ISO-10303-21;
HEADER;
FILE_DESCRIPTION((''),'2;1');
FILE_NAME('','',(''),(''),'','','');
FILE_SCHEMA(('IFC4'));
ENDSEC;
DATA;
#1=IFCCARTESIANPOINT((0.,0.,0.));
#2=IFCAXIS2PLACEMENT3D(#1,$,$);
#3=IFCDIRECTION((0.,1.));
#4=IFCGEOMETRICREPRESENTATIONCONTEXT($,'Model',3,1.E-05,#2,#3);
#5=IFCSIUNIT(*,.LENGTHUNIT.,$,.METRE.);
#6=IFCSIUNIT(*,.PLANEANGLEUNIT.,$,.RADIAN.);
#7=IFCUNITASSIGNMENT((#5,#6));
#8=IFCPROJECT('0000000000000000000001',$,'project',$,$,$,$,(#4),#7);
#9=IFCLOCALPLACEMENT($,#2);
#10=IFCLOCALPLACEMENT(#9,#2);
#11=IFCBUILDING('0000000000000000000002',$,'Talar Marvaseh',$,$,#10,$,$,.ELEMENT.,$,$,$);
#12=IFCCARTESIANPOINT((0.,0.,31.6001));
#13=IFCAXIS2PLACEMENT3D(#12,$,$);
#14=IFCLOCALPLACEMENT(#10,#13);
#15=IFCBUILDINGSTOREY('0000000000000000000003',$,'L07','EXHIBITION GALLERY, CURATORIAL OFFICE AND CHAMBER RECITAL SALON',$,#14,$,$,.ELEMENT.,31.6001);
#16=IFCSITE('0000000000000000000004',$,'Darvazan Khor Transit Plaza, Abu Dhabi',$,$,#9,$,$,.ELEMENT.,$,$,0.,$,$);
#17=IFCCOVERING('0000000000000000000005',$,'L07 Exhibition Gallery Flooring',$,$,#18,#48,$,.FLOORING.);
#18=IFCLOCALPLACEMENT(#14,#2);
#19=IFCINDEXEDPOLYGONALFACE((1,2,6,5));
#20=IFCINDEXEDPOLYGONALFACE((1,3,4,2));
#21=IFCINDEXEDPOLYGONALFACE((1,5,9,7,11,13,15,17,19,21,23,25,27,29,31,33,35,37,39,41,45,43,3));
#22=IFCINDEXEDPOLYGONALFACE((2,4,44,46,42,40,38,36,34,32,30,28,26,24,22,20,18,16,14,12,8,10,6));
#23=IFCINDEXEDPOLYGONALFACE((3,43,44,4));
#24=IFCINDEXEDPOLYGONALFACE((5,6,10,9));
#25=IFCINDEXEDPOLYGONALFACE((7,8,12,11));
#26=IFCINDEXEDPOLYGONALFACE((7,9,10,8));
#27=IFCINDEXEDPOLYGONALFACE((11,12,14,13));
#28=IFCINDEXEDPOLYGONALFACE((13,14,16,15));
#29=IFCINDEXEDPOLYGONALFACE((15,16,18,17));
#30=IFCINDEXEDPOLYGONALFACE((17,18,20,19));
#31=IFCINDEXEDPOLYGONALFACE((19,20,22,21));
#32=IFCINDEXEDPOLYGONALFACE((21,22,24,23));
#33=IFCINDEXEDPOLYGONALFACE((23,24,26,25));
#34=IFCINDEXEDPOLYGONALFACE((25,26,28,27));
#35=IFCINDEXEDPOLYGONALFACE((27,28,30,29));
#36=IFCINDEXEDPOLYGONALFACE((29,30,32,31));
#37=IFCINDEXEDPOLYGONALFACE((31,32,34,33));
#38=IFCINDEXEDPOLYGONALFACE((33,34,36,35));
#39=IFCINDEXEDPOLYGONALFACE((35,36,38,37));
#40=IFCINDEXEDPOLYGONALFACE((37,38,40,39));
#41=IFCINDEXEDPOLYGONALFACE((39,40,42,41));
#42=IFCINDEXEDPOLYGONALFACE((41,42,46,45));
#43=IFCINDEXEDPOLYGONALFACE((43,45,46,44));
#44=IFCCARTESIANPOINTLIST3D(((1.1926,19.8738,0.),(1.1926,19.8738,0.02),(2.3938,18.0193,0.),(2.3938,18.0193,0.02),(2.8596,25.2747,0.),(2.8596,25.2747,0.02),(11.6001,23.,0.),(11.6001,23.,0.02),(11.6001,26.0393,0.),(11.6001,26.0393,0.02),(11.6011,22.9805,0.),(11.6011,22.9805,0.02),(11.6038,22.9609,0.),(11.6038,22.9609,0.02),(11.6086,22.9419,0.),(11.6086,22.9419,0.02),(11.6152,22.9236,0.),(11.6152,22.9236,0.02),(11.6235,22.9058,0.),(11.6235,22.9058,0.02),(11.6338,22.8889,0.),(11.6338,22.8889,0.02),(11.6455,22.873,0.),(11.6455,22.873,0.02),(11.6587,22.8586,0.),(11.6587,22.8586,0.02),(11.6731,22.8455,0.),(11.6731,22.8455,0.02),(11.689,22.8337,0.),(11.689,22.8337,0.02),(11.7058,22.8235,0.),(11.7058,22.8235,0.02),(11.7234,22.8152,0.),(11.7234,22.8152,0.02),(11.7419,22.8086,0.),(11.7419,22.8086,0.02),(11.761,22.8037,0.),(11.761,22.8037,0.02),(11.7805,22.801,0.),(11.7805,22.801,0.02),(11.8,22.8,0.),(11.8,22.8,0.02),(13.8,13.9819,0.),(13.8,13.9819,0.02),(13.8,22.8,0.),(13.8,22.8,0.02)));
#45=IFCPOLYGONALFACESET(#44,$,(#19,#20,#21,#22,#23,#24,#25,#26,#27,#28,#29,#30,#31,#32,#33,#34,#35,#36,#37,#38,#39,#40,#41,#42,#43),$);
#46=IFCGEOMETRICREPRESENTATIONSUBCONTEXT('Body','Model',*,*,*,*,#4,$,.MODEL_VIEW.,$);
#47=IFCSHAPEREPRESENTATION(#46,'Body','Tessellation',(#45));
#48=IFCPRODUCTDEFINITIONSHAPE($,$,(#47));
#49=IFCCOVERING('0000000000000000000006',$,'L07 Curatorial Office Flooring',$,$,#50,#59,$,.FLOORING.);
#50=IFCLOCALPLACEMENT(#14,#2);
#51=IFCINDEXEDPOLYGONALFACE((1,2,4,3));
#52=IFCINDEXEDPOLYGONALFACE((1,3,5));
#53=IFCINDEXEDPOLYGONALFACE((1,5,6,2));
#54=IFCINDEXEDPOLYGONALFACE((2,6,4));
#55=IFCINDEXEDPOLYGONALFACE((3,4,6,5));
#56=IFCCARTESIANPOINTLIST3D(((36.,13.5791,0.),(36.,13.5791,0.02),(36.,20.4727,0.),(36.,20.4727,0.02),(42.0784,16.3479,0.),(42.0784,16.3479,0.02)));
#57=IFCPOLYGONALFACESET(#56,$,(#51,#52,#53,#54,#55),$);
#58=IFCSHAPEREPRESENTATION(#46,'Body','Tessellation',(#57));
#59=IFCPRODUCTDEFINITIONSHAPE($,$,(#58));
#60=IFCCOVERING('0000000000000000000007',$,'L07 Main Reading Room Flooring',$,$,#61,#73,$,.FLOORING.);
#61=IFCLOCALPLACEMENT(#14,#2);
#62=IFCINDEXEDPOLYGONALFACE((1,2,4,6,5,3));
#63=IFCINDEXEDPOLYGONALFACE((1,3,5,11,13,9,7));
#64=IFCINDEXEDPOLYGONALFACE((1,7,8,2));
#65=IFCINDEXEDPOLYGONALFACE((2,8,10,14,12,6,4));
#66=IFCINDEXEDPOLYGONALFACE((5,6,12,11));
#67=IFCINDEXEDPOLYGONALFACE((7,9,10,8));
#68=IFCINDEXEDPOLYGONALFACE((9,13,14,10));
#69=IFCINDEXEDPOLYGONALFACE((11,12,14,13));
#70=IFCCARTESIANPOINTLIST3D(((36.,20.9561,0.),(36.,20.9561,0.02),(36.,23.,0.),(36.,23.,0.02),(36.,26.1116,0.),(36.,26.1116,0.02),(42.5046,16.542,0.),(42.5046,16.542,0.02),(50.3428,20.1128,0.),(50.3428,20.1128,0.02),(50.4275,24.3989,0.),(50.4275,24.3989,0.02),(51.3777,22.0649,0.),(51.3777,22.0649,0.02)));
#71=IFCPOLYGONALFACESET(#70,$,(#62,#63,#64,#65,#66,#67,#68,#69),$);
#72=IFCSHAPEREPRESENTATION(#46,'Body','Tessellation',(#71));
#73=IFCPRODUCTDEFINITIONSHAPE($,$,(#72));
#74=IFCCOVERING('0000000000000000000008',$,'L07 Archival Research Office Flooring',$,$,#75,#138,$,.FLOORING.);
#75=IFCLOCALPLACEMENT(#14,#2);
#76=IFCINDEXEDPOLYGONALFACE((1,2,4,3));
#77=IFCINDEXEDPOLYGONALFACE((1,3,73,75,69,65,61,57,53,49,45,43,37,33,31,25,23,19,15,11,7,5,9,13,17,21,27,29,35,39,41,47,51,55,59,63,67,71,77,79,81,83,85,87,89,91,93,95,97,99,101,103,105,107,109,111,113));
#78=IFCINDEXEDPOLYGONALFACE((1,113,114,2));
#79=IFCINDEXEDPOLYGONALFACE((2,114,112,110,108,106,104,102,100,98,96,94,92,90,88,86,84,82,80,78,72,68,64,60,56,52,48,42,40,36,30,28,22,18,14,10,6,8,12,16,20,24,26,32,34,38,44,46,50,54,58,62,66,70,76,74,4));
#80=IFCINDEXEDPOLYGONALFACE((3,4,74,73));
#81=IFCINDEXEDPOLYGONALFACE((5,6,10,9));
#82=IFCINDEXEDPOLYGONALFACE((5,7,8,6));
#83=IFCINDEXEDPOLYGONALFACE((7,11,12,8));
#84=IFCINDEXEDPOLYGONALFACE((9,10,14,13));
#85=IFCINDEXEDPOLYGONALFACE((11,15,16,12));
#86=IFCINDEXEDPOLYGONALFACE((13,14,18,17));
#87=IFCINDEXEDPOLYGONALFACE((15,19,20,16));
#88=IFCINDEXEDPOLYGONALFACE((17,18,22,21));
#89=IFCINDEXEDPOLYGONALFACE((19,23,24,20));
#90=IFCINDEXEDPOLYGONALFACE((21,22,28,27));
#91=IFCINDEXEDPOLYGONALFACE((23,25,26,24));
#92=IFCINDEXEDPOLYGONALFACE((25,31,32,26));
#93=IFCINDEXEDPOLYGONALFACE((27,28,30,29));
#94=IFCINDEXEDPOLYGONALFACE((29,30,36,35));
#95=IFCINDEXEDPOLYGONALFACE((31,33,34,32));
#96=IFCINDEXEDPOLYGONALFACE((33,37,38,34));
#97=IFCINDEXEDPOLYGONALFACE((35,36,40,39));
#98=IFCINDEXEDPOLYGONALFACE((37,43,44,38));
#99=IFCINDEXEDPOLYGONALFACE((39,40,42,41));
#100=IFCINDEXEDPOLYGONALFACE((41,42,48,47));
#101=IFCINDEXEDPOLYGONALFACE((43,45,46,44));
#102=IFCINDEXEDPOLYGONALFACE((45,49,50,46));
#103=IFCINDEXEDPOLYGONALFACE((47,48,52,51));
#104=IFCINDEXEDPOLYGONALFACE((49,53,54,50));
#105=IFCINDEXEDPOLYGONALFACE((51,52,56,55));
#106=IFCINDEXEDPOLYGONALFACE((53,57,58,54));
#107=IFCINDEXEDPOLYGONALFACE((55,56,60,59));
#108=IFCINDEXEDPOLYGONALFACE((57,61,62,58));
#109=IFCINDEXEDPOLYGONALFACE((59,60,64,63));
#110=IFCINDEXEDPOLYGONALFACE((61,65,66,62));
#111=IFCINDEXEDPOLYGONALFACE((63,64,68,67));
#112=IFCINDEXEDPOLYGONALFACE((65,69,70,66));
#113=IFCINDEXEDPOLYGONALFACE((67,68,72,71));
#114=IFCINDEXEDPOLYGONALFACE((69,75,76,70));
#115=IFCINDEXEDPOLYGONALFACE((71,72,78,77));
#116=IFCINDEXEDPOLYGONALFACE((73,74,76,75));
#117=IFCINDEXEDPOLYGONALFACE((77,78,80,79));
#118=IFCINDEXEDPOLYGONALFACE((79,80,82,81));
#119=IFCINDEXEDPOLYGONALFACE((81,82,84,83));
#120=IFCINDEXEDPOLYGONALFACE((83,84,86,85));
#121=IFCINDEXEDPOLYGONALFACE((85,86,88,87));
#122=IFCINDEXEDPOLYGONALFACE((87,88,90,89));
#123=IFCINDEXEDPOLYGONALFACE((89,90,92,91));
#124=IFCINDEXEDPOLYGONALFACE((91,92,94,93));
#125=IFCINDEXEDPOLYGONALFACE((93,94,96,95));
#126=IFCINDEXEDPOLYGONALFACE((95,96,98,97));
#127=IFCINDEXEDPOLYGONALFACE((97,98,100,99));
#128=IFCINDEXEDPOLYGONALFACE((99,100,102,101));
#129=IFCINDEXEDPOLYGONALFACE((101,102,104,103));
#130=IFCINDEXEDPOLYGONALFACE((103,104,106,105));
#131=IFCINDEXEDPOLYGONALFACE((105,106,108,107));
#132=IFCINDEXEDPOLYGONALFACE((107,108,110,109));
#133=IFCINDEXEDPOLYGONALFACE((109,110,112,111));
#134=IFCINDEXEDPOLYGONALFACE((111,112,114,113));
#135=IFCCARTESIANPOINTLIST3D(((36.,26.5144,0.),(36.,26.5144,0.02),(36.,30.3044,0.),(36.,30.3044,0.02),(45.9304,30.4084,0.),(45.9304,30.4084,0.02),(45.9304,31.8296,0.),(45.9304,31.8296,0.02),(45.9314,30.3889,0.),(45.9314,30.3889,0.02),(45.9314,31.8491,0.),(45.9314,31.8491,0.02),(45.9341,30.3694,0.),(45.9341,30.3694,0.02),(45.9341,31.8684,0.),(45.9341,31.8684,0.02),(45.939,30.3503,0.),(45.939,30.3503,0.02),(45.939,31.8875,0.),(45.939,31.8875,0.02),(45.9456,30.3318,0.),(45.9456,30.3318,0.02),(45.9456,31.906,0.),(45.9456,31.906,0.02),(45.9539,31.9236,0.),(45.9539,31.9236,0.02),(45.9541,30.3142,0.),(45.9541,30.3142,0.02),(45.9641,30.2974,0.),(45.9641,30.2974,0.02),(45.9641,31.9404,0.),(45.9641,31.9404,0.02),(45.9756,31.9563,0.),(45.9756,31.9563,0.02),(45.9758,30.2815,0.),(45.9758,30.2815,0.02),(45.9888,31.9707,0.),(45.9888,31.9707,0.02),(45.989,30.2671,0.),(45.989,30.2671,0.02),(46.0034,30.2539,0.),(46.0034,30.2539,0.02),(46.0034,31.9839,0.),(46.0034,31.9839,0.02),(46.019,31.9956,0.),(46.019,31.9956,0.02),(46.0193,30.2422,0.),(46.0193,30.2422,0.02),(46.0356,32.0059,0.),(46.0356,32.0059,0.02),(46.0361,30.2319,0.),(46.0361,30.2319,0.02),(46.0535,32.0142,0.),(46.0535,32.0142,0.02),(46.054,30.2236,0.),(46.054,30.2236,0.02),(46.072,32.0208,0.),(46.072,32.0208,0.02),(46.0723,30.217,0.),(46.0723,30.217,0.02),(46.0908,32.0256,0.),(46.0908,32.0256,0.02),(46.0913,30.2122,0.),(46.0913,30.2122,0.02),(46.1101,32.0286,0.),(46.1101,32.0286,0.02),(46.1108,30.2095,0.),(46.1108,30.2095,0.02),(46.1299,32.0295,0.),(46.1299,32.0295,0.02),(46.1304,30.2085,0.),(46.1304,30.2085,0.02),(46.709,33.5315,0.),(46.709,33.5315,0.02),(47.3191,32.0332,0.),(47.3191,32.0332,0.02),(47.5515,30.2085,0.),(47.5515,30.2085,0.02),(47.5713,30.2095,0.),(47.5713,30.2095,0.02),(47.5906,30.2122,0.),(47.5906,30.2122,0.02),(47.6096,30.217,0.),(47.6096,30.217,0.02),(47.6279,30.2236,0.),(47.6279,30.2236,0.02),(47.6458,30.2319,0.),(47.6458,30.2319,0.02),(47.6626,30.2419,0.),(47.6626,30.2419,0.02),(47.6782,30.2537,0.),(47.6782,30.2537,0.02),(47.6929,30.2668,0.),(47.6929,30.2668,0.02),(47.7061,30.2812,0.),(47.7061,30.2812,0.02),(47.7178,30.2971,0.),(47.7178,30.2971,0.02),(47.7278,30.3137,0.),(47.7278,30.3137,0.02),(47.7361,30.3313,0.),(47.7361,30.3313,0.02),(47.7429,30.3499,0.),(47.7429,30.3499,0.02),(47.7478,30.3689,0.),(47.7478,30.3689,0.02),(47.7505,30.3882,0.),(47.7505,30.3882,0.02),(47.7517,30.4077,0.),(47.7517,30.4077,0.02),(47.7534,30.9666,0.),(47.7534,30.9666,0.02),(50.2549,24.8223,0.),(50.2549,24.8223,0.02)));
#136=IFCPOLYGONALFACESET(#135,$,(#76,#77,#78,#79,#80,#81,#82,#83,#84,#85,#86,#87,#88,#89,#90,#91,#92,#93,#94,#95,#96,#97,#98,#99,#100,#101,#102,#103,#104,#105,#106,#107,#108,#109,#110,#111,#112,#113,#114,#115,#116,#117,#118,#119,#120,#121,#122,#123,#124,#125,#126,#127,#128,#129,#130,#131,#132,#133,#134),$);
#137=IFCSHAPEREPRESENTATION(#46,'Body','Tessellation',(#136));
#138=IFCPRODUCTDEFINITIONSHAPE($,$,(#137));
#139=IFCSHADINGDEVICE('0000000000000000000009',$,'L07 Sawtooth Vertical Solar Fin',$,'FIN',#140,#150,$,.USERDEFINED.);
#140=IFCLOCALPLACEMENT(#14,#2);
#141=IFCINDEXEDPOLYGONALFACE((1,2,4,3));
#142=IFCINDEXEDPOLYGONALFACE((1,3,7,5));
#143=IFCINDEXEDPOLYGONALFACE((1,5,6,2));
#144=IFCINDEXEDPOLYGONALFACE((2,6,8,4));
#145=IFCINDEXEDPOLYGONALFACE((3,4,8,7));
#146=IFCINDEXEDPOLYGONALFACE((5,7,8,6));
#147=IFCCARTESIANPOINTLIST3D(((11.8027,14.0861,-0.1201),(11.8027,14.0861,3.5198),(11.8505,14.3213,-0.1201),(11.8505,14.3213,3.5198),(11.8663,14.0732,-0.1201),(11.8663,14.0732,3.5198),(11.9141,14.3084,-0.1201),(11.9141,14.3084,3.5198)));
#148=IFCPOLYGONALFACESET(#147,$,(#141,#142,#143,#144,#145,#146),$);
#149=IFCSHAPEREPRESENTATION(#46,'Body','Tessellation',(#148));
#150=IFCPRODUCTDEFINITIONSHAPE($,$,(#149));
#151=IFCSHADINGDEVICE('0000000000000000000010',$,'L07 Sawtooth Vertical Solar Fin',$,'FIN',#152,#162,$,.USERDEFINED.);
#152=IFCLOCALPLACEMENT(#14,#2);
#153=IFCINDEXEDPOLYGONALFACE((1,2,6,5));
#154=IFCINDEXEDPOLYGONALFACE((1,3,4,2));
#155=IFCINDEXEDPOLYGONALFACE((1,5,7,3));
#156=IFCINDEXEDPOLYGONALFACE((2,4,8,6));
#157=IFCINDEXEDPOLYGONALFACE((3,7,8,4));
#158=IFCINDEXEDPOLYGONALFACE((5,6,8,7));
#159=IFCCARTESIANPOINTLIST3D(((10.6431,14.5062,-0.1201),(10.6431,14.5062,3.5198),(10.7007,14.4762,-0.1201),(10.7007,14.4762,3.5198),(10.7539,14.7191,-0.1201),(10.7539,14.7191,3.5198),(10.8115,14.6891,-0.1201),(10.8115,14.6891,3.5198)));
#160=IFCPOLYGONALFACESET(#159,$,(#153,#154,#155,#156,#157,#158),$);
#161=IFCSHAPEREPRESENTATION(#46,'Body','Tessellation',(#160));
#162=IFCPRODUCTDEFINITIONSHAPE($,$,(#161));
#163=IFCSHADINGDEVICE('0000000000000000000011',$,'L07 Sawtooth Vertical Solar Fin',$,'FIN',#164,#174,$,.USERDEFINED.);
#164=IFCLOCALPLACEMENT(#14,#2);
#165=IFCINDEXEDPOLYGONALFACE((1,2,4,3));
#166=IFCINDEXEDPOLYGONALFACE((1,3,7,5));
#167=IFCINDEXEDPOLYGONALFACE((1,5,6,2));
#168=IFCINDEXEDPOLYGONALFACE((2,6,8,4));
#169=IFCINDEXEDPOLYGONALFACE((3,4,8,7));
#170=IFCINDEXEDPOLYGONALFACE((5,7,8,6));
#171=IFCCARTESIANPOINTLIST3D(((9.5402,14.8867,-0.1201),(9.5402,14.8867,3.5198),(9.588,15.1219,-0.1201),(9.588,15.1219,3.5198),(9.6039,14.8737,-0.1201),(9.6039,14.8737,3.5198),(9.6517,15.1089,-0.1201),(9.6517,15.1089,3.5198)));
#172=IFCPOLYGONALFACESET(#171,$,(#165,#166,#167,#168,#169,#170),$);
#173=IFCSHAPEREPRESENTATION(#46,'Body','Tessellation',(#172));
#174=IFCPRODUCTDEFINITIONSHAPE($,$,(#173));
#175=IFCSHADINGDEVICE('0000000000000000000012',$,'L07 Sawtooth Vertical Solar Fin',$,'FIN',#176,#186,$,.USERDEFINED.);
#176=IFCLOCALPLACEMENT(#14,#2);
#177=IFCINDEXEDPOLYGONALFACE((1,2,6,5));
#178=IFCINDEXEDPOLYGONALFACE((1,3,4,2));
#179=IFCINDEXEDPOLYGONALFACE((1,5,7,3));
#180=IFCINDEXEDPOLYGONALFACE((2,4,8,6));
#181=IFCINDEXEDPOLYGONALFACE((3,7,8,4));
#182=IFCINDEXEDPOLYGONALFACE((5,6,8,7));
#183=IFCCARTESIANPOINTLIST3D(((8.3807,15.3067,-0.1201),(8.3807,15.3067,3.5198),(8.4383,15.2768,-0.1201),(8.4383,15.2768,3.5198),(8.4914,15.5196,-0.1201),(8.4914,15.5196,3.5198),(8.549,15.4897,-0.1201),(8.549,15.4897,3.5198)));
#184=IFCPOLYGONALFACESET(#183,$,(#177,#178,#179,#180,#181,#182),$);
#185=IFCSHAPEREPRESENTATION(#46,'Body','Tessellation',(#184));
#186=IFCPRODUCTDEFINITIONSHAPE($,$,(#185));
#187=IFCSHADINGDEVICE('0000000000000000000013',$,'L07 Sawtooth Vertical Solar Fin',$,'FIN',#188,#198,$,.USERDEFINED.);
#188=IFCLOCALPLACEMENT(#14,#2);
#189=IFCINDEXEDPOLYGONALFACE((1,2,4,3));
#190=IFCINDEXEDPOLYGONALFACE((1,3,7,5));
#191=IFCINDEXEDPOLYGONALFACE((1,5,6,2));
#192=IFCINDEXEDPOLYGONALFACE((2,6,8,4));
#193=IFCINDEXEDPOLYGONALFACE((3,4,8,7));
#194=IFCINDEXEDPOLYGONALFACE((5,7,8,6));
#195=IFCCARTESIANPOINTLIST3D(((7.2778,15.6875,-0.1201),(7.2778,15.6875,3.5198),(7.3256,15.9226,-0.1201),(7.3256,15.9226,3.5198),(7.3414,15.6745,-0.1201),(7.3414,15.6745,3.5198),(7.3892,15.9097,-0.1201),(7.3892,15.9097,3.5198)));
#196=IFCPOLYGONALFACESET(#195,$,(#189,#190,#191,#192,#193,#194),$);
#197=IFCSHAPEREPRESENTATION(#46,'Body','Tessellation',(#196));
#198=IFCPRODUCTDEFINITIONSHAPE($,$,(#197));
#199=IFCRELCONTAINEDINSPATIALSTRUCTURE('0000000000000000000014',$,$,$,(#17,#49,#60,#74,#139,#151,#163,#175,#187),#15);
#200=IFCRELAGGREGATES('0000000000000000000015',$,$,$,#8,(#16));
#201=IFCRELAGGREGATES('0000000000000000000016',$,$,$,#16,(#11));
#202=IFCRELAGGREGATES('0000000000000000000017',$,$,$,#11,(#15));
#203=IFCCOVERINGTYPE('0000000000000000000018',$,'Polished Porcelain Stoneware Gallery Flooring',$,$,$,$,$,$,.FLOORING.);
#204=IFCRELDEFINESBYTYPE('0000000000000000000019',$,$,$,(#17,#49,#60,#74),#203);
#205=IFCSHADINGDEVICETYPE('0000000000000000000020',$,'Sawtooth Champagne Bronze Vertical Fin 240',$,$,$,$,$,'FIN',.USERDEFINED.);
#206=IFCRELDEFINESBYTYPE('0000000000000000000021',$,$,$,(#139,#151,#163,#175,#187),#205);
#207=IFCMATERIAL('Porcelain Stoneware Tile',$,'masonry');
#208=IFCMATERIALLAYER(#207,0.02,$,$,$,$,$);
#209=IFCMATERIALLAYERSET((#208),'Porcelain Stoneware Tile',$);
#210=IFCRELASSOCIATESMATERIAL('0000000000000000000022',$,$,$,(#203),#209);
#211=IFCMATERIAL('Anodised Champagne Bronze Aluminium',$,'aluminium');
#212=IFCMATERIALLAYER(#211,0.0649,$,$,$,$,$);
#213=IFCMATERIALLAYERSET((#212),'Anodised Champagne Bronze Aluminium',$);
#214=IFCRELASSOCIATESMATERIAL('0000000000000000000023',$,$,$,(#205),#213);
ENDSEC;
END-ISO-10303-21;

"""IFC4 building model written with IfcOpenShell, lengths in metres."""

from ifc_helpers import new_model, si_unit, direction, frame, origin, origin_2d, place, context, subcontext, project, spatial, polyline, rectangle, outline, extrude, source, transform, mapped, material, layer, layer_set, type_object, type_shapes, element, save


model = new_model("IFC4")

# Units and contexts
model_context = context("Model", 3, precision=1e-05, world=origin(), true_north=direction((0.0, 1.0)))
body_context = subcontext(model_context, "Body", "Model", "MODEL_VIEW")
ifc_project = project(units=[si_unit("LENGTHUNIT", "METRE"), si_unit("PLANEANGLEUNIT", "RADIAN")], contexts=[model_context])

# Site, building, storey
site_placement = place(None, origin())
site = spatial("IfcSite", under=ifc_project, at=site_placement, Name="Darvazan Khor Transit Plaza, Abu Dhabi", CompositionType="ELEMENT", RefElevation=0.0)
building_placement = place(site_placement, origin())
building = spatial("IfcBuilding", under=site, at=building_placement, Name="Talar Marvaseh", CompositionType="ELEMENT")
storey_placement = place(building_placement, frame((0.0, 0.0, 31.6001)))
storey = spatial("IfcBuildingStorey", under=building, at=storey_placement, Name="L07", Description="EXHIBITION GALLERY, CURATORIAL OFFICE AND CHAMBER RECITAL SALON", CompositionType="ELEMENT", Elevation=31.6001)

# Coverings
ifc_material_1 = material(Name="Porcelain Stoneware Tile", Category="masonry")
ifc_layer_1 = layer(ifc_material_1, 0.02)
ifc_layer_set_1 = layer_set([ifc_layer_1], Name="Porcelain Stoneware Tile")
covering_type_1 = type_object("IfcCoveringType", Name="Polished Porcelain Stoneware Gallery Flooring", PredefinedType="FLOORING", material=ifc_layer_set_1)
covering_1_placement = place(storey_placement, origin())
element("IfcCovering", 1, at=covering_1_placement, inside=storey, type_object=covering_type_1, Name="L07 Exhibition Gallery Flooring", PredefinedType="FLOORING", context=body_context, shape_type="SweptSolid", body=[
    extrude(outline(polyline([(1.1926, 19.8738), (2.8596, 25.2747), (11.6001, 26.0393), (11.6001, 23.0), (11.6011, 22.9805), (11.6038, 22.9609), (11.6086, 22.9419), (11.6152, 22.9236), (11.6235, 22.9058), (11.6338, 22.8889), (11.6455, 22.873), (11.6587, 22.8586), (11.6731, 22.8455), (11.689, 22.8337), (11.7058, 22.8235), (11.7234, 22.8152), (11.7419, 22.8086), (11.761, 22.8037), (11.7805, 22.801), (11.8, 22.8), (13.8, 22.8), (13.8, 13.9819), (2.3938, 18.0193), (1.1926, 19.8738)])), origin(), (0.0, 0.0, 1.0), 0.02),
])
covering_2_placement = place(storey_placement, origin())
element("IfcCovering", 2, at=covering_2_placement, inside=storey, type_object=covering_type_1, Name="L07 Curatorial Office Flooring", PredefinedType="FLOORING", context=body_context, shape_type="SweptSolid", body=[
    extrude(outline(polyline([(36.0, 13.5791), (36.0, 20.4727), (42.0784, 16.3479), (36.0, 13.5791)])), origin(), (0.0, 0.0, 1.0), 0.02),
])
covering_3_placement = place(storey_placement, origin())
element("IfcCovering", 3, at=covering_3_placement, inside=storey, type_object=covering_type_1, Name="L07 Main Reading Room Flooring", PredefinedType="FLOORING", context=body_context, shape_type="SweptSolid", body=[
    extrude(outline(polyline([(36.0, 20.9561), (36.0, 23.0), (36.0, 26.1116), (50.4275, 24.3989), (51.3777, 22.0649), (50.3428, 20.1128), (42.5046, 16.542), (36.0, 20.9561)])), origin(), (0.0, 0.0, 1.0), 0.02),
])
covering_4_placement = place(storey_placement, origin())
element("IfcCovering", 4, at=covering_4_placement, inside=storey, type_object=covering_type_1, Name="L07 Archival Research Office Flooring", PredefinedType="FLOORING", context=body_context, shape_type="SweptSolid", body=[
    extrude(outline(polyline([(46.709, 33.5315), (47.3191, 32.0332), (46.1299, 32.0295), (46.1101, 32.0286), (46.0908, 32.0256), (46.072, 32.0208), (46.0535, 32.0142), (46.0356, 32.0059), (46.019, 31.9956), (46.0034, 31.9839), (45.9888, 31.9707), (45.9756, 31.9563), (45.9641, 31.9404), (45.9539, 31.9236), (45.9456, 31.906), (45.939, 31.8875), (45.9341, 31.8684), (45.9314, 31.8491), (45.9304, 31.8296), (45.9304, 30.4084), (45.9314, 30.3889), (45.9341, 30.3694), (45.939, 30.3503), (45.9456, 30.3318), (45.9541, 30.3142), (45.9641, 30.2974), (45.9758, 30.2815), (45.989, 30.2671), (46.0034, 30.2539), (46.0193, 30.2422), (46.0361, 30.2319), (46.054, 30.2236), (46.0723, 30.217), (46.0913, 30.2122), (46.1108, 30.2095), (46.1304, 30.2085), (47.5515, 30.2085), (47.5713, 30.2095), (47.5906, 30.2122), (47.6096, 30.217), (47.6279, 30.2236), (47.6458, 30.2319), (47.6626, 30.2419), (47.6782, 30.2537), (47.6929, 30.2668), (47.7061, 30.2812), (47.7178, 30.2971), (47.7278, 30.3137), (47.7361, 30.3313), (47.7429, 30.3499), (47.7478, 30.3689), (47.7505, 30.3882), (47.7517, 30.4077), (47.7534, 30.9666), (50.2549, 24.8223), (36.0, 26.5144), (36.0, 30.3044), (46.709, 33.5315)])), origin(), (0.0, 0.0, 1.0), 0.02),
])

# Shading devices
ifc_material_2 = material(Name="Anodised Champagne Bronze Aluminium", Category="aluminium")
ifc_layer_2 = layer(ifc_material_2, 0.0649)
ifc_layer_set_2 = layer_set([ifc_layer_2], Name="Anodised Champagne Bronze Aluminium")
shading_device_type = type_object("IfcShadingDeviceType", Name="Sawtooth Champagne Bronze Vertical Fin 240", ElementType="FIN", PredefinedType="USERDEFINED", material=ifc_layer_set_2)
shared_shape_1 = source(origin(), body_context, "Body", "SweptSolid", [
    extrude(rectangle(XDim=0.24, YDim=0.0649, at=origin_2d()), origin(), (0.0, 0.0, 1.0), 3.6399),
])
type_shapes(shading_device_type, [shared_shape_1])
for number, where, z_axis, x_axis, name in (
    (5, (11.8584, 14.1973, -0.1201), (0.0, 0.0, 1.0), (-0.199197, -0.979959, 0.0), "L07 Sawtooth Vertical Solar Fin"),
    (6, (10.7273, 14.5977, -0.1201), (0.0, 0.0, 1.0), (-0.461594, -0.887091, 0.0), "L07 Sawtooth Vertical Solar Fin"),
    (7, (9.5959, 14.9978, -0.1201), (0.0, 0.0, 1.0), (-0.199197, -0.979959, 0.0), "L07 Sawtooth Vertical Solar Fin"),
    (8, (8.4648, 15.3982, -0.1201), (0.0, 0.0, 1.0), (-0.461594, -0.887091, 0.0), "L07 Sawtooth Vertical Solar Fin"),
    (9, (7.3335, 15.7986, -0.1201), (0.0, 0.0, 1.0), (-0.199197, -0.979959, 0.0), "L07 Sawtooth Vertical Solar Fin"),
):
    element("IfcShadingDevice", number, at=place(storey_placement, frame(where, z_axis=z_axis, x_axis=x_axis)), inside=storey, type_object=shading_device_type, Name=name, ObjectType="FIN", PredefinedType="USERDEFINED", context=body_context, shape_type="MappedRepresentation", body=[
        mapped(shared_shape_1, transform((0.0, 0.0, 0.0), x_axis=(1.0, 0.0, 0.0), y_axis=(0.0, 1.0, 0.0), z_axis=(0.0, 0.0, 1.0), scale=1.0)),
    ])

save(model, "model.ifc")
